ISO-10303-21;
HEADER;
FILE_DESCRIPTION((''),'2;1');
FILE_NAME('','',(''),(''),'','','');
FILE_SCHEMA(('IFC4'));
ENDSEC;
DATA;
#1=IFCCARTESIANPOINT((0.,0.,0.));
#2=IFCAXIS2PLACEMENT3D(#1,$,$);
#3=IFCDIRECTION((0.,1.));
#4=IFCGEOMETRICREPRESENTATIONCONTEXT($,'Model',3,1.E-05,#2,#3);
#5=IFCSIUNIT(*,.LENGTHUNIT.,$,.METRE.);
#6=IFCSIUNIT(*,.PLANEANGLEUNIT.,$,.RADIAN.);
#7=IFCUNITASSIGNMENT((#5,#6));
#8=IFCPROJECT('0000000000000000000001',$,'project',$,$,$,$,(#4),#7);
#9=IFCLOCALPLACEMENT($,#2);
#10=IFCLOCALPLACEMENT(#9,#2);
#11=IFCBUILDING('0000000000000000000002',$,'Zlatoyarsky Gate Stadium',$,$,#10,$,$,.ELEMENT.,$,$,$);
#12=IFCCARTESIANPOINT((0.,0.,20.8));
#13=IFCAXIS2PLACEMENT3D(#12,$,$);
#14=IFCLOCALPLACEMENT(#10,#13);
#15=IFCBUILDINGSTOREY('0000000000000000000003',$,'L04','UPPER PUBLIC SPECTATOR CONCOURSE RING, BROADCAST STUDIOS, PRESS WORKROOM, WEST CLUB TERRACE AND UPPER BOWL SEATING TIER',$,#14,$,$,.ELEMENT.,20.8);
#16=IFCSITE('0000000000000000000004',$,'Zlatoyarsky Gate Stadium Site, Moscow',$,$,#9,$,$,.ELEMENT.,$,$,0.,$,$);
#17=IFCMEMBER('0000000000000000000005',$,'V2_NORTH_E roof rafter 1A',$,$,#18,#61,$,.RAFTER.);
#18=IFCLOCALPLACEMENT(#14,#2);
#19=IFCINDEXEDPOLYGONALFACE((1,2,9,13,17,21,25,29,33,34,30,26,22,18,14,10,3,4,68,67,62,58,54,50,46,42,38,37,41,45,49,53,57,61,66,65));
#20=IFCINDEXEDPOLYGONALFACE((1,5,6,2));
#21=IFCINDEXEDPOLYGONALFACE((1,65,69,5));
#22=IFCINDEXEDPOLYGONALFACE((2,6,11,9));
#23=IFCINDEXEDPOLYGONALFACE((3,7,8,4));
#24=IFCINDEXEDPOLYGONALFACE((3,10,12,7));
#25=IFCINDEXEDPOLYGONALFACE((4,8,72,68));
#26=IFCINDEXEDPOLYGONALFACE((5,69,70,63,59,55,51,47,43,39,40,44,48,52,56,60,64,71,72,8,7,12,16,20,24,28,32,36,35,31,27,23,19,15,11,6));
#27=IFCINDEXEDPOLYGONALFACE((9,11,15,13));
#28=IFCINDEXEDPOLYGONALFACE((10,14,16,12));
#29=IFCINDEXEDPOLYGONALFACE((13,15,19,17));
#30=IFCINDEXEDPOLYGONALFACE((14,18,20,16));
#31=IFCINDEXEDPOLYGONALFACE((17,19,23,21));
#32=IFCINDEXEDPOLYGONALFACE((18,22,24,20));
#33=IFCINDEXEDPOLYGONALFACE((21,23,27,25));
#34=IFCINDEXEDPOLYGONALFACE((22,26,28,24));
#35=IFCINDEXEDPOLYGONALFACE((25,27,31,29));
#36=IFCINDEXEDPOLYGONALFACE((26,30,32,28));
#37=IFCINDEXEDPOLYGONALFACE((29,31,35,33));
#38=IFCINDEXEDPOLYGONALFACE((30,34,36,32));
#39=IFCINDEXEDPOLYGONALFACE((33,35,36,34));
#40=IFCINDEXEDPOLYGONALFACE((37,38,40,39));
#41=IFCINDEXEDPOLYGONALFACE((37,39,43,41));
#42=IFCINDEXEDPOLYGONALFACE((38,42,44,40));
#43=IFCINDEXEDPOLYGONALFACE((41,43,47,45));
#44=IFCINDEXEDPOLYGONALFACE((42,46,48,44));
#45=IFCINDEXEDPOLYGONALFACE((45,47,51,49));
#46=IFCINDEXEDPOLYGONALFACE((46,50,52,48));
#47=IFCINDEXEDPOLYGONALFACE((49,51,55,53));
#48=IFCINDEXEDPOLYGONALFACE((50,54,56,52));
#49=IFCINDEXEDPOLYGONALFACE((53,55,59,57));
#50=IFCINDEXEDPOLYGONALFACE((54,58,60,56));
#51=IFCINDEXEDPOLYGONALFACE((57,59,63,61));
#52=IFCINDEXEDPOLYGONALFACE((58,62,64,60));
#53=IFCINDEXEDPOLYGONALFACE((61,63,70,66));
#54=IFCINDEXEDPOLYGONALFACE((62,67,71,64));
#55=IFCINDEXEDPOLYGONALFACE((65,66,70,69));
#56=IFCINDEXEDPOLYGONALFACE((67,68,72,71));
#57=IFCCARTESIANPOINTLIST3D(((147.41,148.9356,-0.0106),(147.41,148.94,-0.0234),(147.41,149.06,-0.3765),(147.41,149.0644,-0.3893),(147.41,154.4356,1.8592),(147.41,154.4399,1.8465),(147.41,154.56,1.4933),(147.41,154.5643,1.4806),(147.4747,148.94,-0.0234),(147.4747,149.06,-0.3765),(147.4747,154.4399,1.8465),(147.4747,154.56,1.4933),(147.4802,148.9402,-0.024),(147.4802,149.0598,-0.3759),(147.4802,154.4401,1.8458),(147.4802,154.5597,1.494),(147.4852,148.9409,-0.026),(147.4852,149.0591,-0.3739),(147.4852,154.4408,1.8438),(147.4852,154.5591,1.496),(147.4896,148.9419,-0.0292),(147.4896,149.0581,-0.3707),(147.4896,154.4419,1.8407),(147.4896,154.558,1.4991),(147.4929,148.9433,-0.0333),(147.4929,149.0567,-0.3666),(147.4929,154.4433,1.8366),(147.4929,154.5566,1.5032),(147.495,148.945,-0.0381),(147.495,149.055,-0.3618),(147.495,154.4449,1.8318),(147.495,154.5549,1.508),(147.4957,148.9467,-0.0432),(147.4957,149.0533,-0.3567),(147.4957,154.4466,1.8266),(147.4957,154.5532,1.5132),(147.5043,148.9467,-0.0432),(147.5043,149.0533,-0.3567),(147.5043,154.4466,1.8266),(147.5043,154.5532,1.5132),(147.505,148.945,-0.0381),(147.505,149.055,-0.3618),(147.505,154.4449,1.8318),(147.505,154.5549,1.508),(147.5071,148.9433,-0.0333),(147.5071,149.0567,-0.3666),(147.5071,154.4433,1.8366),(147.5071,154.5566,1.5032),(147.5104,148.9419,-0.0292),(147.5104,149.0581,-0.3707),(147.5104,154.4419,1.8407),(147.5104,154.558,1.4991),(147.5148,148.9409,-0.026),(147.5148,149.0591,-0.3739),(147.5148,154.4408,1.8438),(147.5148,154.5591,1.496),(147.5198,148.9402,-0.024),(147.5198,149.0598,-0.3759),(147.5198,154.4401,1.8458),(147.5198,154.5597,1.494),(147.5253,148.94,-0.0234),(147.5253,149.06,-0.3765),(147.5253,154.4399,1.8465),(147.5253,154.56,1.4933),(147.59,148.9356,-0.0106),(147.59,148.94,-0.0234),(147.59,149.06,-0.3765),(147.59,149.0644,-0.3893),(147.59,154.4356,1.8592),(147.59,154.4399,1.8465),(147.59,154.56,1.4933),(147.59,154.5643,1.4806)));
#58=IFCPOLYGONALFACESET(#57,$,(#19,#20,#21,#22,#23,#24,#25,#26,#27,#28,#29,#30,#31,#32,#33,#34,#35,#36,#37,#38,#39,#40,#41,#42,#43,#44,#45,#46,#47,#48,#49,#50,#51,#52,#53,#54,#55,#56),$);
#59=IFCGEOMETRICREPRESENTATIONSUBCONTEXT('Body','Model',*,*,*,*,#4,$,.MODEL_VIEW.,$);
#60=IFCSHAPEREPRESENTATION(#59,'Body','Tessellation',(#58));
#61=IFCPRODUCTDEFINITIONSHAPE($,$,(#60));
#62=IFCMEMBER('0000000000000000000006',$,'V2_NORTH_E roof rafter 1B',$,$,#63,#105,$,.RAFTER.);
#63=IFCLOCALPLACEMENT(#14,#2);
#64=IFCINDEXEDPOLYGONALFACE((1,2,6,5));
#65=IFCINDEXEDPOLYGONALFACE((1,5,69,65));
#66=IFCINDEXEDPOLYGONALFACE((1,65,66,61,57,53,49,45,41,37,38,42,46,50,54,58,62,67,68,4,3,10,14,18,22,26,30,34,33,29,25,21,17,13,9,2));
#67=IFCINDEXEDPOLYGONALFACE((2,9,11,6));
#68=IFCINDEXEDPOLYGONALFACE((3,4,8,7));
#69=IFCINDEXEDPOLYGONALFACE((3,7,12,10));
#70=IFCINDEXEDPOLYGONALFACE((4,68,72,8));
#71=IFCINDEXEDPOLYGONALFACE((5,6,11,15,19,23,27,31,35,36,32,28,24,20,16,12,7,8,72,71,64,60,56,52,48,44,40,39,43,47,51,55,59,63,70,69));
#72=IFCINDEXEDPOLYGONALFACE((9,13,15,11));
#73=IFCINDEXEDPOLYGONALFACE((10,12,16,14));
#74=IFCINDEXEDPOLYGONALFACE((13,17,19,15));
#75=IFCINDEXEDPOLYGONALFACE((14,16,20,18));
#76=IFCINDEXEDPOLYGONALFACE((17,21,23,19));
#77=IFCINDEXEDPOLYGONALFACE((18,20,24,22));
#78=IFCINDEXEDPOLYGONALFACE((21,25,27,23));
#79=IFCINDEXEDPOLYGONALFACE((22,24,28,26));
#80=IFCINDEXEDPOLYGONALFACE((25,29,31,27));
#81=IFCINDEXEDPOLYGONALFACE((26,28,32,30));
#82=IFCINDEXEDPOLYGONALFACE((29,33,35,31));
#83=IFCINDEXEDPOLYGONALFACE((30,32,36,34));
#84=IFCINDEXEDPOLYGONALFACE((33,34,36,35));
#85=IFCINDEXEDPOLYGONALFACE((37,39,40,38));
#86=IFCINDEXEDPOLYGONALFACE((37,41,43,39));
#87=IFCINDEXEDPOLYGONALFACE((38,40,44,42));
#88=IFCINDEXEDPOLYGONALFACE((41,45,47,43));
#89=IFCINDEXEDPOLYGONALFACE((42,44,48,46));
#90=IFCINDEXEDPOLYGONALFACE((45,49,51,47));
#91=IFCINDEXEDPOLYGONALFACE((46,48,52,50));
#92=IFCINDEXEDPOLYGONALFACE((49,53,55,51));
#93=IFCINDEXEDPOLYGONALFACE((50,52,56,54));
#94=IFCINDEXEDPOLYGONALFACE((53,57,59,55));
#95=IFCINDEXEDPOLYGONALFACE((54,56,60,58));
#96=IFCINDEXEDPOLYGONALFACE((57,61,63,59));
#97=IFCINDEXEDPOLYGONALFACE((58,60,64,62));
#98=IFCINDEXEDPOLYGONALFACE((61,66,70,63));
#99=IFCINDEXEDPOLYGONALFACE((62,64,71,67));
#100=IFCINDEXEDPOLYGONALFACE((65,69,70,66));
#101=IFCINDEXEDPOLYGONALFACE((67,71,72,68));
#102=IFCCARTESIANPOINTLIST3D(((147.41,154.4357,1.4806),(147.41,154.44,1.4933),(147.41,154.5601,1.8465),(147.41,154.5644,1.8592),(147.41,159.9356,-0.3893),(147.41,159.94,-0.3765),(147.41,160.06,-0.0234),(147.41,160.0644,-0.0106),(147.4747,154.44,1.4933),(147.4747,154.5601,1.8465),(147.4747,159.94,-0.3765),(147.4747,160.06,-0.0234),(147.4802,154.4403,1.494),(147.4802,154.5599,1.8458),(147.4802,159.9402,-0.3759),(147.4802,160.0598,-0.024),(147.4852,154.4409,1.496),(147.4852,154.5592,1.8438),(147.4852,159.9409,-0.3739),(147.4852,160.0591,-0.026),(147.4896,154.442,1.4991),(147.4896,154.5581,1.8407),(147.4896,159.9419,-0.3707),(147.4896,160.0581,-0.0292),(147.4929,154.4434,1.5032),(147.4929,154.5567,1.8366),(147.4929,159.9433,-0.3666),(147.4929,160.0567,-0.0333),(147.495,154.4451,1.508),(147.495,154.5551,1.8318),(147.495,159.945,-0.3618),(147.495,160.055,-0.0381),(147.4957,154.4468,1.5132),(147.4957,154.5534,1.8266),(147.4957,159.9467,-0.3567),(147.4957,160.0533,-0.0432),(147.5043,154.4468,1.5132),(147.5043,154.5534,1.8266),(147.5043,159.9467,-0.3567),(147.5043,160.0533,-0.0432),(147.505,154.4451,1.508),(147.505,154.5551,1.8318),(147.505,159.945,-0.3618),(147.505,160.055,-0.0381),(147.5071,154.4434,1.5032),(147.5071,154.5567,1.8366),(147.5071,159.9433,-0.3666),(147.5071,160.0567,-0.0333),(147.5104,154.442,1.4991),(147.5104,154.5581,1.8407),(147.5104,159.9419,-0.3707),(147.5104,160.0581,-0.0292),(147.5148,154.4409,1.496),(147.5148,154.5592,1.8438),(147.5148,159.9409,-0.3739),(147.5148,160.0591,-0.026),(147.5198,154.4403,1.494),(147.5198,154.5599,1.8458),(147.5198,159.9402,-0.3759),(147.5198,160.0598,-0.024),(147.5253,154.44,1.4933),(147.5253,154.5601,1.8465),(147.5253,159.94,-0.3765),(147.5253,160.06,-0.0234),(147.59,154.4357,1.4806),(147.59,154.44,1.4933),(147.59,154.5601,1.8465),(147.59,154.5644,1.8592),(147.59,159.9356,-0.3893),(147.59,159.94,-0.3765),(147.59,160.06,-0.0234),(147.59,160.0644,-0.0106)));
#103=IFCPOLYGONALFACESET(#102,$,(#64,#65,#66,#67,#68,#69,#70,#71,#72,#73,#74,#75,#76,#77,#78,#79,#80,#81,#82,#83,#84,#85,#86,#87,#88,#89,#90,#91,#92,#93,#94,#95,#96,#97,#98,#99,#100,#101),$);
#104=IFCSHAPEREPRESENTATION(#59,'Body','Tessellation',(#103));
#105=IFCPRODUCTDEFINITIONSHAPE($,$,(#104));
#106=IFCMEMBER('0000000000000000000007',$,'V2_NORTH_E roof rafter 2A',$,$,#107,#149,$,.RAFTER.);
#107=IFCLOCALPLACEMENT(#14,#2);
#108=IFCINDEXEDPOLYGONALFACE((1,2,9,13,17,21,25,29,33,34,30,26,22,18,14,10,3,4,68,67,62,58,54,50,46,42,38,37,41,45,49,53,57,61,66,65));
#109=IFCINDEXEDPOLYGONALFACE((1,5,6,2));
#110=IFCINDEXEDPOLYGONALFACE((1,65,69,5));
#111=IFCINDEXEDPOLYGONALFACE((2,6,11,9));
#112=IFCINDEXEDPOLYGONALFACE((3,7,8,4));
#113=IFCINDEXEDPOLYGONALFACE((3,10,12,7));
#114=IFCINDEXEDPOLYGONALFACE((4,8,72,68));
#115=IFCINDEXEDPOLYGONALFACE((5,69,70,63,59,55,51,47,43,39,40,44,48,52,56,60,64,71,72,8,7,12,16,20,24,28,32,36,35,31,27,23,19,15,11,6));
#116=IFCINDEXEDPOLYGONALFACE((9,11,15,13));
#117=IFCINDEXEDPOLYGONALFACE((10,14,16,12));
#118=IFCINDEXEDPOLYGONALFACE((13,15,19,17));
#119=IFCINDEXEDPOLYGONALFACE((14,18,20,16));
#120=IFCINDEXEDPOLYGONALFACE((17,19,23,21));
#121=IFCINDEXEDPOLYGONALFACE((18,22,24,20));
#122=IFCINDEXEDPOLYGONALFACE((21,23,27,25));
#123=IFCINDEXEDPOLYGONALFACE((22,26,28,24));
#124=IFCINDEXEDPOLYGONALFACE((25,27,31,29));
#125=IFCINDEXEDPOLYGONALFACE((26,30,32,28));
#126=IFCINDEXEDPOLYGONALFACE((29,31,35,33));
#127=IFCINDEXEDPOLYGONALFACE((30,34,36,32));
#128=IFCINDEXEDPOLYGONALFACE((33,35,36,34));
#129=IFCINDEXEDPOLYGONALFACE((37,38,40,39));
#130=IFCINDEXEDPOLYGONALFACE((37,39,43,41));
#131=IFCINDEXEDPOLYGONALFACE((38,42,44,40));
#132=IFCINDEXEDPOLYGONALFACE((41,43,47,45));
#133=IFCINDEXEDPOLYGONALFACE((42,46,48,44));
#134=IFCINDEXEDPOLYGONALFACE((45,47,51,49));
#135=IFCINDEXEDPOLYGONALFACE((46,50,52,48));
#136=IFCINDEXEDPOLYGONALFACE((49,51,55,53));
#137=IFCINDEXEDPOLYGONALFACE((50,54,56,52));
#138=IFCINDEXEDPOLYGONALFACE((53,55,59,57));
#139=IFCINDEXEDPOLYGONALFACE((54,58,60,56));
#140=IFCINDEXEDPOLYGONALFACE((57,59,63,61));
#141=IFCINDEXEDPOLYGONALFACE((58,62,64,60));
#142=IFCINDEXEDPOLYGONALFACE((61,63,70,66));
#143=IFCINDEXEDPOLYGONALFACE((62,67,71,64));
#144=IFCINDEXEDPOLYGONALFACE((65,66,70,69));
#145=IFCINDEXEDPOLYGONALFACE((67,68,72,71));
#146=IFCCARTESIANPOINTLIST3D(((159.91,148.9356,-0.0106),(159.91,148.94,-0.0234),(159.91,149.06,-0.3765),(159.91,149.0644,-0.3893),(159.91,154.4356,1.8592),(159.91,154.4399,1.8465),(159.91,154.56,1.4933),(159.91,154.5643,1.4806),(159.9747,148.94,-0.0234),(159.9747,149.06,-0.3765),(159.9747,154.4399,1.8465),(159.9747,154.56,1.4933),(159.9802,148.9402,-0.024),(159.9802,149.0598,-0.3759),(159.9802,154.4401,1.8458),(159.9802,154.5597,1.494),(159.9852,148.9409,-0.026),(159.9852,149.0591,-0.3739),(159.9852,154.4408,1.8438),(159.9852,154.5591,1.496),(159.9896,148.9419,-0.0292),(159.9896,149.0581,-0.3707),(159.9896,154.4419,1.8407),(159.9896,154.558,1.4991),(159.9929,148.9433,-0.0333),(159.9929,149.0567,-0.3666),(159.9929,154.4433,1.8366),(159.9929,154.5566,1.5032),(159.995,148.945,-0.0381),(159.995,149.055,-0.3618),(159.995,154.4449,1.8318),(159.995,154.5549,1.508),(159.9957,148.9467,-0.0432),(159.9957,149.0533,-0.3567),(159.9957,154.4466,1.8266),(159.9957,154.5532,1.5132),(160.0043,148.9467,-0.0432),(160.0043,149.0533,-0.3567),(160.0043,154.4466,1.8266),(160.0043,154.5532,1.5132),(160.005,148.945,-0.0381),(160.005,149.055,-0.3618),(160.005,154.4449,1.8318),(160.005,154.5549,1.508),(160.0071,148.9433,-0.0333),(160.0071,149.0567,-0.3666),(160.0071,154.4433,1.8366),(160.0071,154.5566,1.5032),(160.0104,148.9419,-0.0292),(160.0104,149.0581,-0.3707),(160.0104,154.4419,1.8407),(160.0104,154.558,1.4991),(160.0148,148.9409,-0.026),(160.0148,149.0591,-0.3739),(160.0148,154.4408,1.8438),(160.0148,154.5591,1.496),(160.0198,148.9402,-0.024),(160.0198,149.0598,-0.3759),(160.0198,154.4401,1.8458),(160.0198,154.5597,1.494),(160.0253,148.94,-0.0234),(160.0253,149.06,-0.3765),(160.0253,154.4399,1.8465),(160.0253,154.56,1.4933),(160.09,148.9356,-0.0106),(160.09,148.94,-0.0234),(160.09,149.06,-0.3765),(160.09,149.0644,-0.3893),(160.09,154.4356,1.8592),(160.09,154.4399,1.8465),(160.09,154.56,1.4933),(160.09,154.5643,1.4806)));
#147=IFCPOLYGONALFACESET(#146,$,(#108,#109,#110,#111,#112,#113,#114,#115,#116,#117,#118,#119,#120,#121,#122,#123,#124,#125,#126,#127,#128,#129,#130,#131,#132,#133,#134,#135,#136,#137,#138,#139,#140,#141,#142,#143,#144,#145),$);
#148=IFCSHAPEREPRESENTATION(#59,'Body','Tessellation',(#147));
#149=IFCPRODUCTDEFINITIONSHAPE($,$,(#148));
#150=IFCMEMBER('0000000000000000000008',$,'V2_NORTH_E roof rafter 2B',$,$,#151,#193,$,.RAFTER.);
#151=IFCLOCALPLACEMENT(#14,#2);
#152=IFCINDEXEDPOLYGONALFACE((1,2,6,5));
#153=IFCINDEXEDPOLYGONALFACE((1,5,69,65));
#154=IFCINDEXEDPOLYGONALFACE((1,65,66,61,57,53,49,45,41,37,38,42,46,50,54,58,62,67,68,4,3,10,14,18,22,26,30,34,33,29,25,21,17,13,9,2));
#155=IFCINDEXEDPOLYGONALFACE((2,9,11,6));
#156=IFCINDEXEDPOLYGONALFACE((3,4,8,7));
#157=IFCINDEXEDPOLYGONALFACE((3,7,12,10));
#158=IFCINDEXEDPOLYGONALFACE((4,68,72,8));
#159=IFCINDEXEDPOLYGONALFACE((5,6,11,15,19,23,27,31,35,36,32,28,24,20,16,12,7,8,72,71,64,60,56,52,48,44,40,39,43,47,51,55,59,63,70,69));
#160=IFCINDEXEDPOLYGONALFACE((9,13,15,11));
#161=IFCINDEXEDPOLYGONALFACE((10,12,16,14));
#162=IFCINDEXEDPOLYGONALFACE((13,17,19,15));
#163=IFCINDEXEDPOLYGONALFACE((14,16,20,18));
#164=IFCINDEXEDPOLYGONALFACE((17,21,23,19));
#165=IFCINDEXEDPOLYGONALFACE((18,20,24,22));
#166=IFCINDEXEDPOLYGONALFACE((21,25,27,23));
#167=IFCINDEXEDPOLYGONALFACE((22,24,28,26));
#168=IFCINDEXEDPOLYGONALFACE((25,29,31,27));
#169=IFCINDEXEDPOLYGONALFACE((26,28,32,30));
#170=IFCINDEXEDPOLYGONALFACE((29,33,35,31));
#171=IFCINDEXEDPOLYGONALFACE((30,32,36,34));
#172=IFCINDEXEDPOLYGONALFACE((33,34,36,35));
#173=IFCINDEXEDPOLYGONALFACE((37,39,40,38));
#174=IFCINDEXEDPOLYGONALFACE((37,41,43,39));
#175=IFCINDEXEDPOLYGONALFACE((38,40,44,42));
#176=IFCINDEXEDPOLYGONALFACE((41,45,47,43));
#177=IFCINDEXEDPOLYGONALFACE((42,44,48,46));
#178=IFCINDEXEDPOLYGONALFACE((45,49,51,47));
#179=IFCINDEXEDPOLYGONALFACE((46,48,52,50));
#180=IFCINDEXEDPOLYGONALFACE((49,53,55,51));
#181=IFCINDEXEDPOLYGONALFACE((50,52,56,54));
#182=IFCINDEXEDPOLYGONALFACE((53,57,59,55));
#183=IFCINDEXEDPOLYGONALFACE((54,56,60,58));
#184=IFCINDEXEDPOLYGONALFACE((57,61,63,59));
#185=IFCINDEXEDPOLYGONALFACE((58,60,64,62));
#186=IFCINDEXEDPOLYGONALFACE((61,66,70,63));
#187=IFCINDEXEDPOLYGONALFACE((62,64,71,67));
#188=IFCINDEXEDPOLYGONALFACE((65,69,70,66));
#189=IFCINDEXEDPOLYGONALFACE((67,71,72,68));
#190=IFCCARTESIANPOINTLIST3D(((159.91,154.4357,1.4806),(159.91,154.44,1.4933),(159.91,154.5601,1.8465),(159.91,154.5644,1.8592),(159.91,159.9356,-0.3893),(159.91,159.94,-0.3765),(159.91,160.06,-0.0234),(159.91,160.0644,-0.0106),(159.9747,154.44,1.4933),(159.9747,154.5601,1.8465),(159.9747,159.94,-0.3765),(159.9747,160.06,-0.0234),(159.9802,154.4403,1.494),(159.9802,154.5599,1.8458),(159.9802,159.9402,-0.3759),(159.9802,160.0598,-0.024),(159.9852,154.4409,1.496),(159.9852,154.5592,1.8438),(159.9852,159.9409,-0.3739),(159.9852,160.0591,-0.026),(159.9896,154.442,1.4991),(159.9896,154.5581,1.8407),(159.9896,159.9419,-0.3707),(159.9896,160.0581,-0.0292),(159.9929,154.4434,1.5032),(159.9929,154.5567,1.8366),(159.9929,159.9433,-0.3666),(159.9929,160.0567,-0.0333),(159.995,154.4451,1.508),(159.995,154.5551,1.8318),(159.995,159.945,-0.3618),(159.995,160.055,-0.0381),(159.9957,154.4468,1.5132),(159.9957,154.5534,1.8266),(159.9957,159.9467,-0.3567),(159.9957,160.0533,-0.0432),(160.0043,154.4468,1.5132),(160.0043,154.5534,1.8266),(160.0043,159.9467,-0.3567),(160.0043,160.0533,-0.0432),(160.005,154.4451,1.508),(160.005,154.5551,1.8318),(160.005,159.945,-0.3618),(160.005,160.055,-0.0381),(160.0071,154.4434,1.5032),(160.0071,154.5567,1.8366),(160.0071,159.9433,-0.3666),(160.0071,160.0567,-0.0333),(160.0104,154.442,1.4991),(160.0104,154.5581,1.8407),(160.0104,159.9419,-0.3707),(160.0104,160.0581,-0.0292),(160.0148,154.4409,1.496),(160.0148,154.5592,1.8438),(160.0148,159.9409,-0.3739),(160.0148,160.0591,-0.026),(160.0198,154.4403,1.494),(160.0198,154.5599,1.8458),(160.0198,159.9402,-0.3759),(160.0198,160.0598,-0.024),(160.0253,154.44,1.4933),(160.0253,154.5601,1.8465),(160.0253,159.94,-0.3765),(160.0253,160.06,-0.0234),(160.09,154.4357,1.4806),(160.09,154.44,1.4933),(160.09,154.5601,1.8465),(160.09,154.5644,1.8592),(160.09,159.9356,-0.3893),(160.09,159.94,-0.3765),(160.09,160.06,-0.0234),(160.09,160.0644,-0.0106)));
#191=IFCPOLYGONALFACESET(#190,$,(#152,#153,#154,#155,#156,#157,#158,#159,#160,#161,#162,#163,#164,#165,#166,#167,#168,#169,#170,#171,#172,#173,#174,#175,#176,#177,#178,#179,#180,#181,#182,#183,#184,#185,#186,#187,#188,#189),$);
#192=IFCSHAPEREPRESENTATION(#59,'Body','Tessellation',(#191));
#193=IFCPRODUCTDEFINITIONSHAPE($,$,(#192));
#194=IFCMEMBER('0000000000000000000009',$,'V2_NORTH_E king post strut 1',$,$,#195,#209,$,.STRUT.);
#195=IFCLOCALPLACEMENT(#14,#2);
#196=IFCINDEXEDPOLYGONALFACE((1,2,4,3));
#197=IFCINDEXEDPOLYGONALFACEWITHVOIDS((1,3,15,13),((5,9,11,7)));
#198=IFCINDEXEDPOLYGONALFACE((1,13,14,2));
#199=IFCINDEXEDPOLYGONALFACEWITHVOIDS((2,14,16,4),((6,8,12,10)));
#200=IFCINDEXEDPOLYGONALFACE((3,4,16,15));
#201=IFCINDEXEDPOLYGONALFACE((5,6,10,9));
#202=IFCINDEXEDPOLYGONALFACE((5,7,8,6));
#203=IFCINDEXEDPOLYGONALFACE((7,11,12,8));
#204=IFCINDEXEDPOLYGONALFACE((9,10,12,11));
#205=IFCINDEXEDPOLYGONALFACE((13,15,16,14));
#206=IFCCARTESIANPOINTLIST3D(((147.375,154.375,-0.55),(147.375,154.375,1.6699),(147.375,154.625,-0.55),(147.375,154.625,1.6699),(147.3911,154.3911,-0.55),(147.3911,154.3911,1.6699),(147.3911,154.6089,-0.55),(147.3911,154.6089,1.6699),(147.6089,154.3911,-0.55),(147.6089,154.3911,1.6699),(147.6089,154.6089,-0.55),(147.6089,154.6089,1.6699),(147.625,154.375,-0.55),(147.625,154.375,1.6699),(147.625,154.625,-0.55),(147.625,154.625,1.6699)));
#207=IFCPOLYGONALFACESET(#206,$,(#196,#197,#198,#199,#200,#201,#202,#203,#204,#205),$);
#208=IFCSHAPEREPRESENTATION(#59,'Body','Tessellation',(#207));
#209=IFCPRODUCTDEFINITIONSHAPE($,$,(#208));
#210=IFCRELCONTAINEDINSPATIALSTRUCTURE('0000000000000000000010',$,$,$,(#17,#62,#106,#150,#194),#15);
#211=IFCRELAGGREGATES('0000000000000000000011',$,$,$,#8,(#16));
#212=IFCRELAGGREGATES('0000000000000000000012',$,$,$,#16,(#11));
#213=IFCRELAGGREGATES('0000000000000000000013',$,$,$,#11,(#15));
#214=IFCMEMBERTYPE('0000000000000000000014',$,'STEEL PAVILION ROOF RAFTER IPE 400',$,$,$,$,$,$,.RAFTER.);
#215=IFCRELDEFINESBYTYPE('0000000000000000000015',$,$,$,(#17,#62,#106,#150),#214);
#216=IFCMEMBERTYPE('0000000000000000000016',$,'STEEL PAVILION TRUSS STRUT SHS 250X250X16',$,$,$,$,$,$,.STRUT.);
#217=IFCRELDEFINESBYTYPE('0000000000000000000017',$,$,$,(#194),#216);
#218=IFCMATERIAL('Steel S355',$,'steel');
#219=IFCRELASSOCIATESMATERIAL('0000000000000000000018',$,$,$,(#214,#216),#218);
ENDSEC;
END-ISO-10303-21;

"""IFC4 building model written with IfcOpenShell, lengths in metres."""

from ifc_helpers import new_model, si_unit, direction, frame, origin, origin_2d, place, context, subcontext, project, spatial, hollow_rectangle, i_section, extrude, material, material_profile, profile_set, type_object, element, save


model = new_model("IFC4")

# Units and contexts
model_context = context("Model", 3, precision=1e-05, world=origin(), true_north=direction((0.0, 1.0)))
body_context = subcontext(model_context, "Body", "Model", "MODEL_VIEW")
ifc_project = project(units=[si_unit("LENGTHUNIT", "METRE"), si_unit("PLANEANGLEUNIT", "RADIAN")], contexts=[model_context])

# Site, building, storey
site_placement = place(None, origin())
site = spatial("IfcSite", under=ifc_project, at=site_placement, Name="Zlatoyarsky Gate Stadium Site, Moscow", CompositionType="ELEMENT", RefElevation=0.0)
building_placement = place(site_placement, origin())
building = spatial("IfcBuilding", under=site, at=building_placement, Name="Zlatoyarsky Gate Stadium", CompositionType="ELEMENT")
storey_placement = place(building_placement, frame((0.0, 0.0, 20.8)))
storey = spatial("IfcBuildingStorey", under=building, at=storey_placement, Name="L04", Description="UPPER PUBLIC SPECTATOR CONCOURSE RING, BROADCAST STUDIOS, PRESS WORKROOM, WEST CLUB TERRACE AND UPPER BOWL SEATING TIER", CompositionType="ELEMENT", Elevation=20.8)

# Shared definitions
ifc_material_1 = material(Name="Steel S355", Category="steel")

# Members
ifc_material_profile_1 = material_profile(ifc_material_1, i_section(OverallWidth=0.1799, OverallDepth=0.3999, WebThickness=0.0085, FlangeThickness=0.0134, FilletRadius=0.021, at=origin_2d()), Name="IPE 400")
ifc_profile_set_1 = profile_set([ifc_material_profile_1], Name="Steel S355")
member_type_1 = type_object("IfcMemberType", Name="STEEL PAVILION ROOF RAFTER IPE 400", PredefinedType="RAFTER", material=ifc_profile_set_1)
for number, where, z_axis, x_axis, name in (
    (1, (147.5, 149.0, -0.2), (0.0, 0.946779, 0.321883), (-1.0, 0.0, 0.0), "V2_NORTH_E roof rafter 1A"),
    (2, (147.5, 160.0, -0.2), (0.0, -0.946779, 0.321883), (1.0, 0.0, 0.0), "V2_NORTH_E roof rafter 1B"),
    (3, (160.0, 149.0, -0.2), (0.0, 0.946779, 0.321883), (-1.0, 0.0, 0.0), "V2_NORTH_E roof rafter 2A"),
    (4, (160.0, 160.0, -0.2), (0.0, -0.946779, 0.321883), (1.0, 0.0, 0.0), "V2_NORTH_E roof rafter 2B"),
):
    element("IfcMember", number, at=place(storey_placement, frame(where, z_axis=z_axis, x_axis=x_axis)), inside=storey, type_object=member_type_1, Name=name, PredefinedType="RAFTER", context=body_context, shape_type="SweptSolid", body=[
        extrude(i_section(OverallWidth=0.1799, OverallDepth=0.3999, WebThickness=0.0085, FlangeThickness=0.0134, FilletRadius=0.021, at=origin_2d()), origin(), (0.0, 0.0, 1.0), 5.8091),
    ])
ifc_material_profile_2 = material_profile(ifc_material_1, hollow_rectangle(XDim=0.25, YDim=0.25, WallThickness=0.0161, at=origin_2d()), Name="SHS 250X250X16")
ifc_profile_set_2 = profile_set([ifc_material_profile_2], Name="Steel S355")
member_type_2 = type_object("IfcMemberType", Name="STEEL PAVILION TRUSS STRUT SHS 250X250X16", PredefinedType="STRUT", material=ifc_profile_set_2)
for number, where, z_axis, x_axis, name in (
    (5, (147.5, 154.5, -0.55), (0.0, 0.0, 1.0), (1.0, 0.0, 0.0), "V2_NORTH_E king post strut 1"),
):
    element("IfcMember", number, at=place(storey_placement, frame(where, z_axis=z_axis, x_axis=x_axis)), inside=storey, type_object=member_type_2, Name=name, PredefinedType="STRUT", context=body_context, shape_type="SweptSolid", body=[
        extrude(hollow_rectangle(XDim=0.25, YDim=0.25, WallThickness=0.0161, at=origin_2d()), origin(), (0.0, 0.0, 1.0), 2.22),
    ])

save(model, "model.ifc")
